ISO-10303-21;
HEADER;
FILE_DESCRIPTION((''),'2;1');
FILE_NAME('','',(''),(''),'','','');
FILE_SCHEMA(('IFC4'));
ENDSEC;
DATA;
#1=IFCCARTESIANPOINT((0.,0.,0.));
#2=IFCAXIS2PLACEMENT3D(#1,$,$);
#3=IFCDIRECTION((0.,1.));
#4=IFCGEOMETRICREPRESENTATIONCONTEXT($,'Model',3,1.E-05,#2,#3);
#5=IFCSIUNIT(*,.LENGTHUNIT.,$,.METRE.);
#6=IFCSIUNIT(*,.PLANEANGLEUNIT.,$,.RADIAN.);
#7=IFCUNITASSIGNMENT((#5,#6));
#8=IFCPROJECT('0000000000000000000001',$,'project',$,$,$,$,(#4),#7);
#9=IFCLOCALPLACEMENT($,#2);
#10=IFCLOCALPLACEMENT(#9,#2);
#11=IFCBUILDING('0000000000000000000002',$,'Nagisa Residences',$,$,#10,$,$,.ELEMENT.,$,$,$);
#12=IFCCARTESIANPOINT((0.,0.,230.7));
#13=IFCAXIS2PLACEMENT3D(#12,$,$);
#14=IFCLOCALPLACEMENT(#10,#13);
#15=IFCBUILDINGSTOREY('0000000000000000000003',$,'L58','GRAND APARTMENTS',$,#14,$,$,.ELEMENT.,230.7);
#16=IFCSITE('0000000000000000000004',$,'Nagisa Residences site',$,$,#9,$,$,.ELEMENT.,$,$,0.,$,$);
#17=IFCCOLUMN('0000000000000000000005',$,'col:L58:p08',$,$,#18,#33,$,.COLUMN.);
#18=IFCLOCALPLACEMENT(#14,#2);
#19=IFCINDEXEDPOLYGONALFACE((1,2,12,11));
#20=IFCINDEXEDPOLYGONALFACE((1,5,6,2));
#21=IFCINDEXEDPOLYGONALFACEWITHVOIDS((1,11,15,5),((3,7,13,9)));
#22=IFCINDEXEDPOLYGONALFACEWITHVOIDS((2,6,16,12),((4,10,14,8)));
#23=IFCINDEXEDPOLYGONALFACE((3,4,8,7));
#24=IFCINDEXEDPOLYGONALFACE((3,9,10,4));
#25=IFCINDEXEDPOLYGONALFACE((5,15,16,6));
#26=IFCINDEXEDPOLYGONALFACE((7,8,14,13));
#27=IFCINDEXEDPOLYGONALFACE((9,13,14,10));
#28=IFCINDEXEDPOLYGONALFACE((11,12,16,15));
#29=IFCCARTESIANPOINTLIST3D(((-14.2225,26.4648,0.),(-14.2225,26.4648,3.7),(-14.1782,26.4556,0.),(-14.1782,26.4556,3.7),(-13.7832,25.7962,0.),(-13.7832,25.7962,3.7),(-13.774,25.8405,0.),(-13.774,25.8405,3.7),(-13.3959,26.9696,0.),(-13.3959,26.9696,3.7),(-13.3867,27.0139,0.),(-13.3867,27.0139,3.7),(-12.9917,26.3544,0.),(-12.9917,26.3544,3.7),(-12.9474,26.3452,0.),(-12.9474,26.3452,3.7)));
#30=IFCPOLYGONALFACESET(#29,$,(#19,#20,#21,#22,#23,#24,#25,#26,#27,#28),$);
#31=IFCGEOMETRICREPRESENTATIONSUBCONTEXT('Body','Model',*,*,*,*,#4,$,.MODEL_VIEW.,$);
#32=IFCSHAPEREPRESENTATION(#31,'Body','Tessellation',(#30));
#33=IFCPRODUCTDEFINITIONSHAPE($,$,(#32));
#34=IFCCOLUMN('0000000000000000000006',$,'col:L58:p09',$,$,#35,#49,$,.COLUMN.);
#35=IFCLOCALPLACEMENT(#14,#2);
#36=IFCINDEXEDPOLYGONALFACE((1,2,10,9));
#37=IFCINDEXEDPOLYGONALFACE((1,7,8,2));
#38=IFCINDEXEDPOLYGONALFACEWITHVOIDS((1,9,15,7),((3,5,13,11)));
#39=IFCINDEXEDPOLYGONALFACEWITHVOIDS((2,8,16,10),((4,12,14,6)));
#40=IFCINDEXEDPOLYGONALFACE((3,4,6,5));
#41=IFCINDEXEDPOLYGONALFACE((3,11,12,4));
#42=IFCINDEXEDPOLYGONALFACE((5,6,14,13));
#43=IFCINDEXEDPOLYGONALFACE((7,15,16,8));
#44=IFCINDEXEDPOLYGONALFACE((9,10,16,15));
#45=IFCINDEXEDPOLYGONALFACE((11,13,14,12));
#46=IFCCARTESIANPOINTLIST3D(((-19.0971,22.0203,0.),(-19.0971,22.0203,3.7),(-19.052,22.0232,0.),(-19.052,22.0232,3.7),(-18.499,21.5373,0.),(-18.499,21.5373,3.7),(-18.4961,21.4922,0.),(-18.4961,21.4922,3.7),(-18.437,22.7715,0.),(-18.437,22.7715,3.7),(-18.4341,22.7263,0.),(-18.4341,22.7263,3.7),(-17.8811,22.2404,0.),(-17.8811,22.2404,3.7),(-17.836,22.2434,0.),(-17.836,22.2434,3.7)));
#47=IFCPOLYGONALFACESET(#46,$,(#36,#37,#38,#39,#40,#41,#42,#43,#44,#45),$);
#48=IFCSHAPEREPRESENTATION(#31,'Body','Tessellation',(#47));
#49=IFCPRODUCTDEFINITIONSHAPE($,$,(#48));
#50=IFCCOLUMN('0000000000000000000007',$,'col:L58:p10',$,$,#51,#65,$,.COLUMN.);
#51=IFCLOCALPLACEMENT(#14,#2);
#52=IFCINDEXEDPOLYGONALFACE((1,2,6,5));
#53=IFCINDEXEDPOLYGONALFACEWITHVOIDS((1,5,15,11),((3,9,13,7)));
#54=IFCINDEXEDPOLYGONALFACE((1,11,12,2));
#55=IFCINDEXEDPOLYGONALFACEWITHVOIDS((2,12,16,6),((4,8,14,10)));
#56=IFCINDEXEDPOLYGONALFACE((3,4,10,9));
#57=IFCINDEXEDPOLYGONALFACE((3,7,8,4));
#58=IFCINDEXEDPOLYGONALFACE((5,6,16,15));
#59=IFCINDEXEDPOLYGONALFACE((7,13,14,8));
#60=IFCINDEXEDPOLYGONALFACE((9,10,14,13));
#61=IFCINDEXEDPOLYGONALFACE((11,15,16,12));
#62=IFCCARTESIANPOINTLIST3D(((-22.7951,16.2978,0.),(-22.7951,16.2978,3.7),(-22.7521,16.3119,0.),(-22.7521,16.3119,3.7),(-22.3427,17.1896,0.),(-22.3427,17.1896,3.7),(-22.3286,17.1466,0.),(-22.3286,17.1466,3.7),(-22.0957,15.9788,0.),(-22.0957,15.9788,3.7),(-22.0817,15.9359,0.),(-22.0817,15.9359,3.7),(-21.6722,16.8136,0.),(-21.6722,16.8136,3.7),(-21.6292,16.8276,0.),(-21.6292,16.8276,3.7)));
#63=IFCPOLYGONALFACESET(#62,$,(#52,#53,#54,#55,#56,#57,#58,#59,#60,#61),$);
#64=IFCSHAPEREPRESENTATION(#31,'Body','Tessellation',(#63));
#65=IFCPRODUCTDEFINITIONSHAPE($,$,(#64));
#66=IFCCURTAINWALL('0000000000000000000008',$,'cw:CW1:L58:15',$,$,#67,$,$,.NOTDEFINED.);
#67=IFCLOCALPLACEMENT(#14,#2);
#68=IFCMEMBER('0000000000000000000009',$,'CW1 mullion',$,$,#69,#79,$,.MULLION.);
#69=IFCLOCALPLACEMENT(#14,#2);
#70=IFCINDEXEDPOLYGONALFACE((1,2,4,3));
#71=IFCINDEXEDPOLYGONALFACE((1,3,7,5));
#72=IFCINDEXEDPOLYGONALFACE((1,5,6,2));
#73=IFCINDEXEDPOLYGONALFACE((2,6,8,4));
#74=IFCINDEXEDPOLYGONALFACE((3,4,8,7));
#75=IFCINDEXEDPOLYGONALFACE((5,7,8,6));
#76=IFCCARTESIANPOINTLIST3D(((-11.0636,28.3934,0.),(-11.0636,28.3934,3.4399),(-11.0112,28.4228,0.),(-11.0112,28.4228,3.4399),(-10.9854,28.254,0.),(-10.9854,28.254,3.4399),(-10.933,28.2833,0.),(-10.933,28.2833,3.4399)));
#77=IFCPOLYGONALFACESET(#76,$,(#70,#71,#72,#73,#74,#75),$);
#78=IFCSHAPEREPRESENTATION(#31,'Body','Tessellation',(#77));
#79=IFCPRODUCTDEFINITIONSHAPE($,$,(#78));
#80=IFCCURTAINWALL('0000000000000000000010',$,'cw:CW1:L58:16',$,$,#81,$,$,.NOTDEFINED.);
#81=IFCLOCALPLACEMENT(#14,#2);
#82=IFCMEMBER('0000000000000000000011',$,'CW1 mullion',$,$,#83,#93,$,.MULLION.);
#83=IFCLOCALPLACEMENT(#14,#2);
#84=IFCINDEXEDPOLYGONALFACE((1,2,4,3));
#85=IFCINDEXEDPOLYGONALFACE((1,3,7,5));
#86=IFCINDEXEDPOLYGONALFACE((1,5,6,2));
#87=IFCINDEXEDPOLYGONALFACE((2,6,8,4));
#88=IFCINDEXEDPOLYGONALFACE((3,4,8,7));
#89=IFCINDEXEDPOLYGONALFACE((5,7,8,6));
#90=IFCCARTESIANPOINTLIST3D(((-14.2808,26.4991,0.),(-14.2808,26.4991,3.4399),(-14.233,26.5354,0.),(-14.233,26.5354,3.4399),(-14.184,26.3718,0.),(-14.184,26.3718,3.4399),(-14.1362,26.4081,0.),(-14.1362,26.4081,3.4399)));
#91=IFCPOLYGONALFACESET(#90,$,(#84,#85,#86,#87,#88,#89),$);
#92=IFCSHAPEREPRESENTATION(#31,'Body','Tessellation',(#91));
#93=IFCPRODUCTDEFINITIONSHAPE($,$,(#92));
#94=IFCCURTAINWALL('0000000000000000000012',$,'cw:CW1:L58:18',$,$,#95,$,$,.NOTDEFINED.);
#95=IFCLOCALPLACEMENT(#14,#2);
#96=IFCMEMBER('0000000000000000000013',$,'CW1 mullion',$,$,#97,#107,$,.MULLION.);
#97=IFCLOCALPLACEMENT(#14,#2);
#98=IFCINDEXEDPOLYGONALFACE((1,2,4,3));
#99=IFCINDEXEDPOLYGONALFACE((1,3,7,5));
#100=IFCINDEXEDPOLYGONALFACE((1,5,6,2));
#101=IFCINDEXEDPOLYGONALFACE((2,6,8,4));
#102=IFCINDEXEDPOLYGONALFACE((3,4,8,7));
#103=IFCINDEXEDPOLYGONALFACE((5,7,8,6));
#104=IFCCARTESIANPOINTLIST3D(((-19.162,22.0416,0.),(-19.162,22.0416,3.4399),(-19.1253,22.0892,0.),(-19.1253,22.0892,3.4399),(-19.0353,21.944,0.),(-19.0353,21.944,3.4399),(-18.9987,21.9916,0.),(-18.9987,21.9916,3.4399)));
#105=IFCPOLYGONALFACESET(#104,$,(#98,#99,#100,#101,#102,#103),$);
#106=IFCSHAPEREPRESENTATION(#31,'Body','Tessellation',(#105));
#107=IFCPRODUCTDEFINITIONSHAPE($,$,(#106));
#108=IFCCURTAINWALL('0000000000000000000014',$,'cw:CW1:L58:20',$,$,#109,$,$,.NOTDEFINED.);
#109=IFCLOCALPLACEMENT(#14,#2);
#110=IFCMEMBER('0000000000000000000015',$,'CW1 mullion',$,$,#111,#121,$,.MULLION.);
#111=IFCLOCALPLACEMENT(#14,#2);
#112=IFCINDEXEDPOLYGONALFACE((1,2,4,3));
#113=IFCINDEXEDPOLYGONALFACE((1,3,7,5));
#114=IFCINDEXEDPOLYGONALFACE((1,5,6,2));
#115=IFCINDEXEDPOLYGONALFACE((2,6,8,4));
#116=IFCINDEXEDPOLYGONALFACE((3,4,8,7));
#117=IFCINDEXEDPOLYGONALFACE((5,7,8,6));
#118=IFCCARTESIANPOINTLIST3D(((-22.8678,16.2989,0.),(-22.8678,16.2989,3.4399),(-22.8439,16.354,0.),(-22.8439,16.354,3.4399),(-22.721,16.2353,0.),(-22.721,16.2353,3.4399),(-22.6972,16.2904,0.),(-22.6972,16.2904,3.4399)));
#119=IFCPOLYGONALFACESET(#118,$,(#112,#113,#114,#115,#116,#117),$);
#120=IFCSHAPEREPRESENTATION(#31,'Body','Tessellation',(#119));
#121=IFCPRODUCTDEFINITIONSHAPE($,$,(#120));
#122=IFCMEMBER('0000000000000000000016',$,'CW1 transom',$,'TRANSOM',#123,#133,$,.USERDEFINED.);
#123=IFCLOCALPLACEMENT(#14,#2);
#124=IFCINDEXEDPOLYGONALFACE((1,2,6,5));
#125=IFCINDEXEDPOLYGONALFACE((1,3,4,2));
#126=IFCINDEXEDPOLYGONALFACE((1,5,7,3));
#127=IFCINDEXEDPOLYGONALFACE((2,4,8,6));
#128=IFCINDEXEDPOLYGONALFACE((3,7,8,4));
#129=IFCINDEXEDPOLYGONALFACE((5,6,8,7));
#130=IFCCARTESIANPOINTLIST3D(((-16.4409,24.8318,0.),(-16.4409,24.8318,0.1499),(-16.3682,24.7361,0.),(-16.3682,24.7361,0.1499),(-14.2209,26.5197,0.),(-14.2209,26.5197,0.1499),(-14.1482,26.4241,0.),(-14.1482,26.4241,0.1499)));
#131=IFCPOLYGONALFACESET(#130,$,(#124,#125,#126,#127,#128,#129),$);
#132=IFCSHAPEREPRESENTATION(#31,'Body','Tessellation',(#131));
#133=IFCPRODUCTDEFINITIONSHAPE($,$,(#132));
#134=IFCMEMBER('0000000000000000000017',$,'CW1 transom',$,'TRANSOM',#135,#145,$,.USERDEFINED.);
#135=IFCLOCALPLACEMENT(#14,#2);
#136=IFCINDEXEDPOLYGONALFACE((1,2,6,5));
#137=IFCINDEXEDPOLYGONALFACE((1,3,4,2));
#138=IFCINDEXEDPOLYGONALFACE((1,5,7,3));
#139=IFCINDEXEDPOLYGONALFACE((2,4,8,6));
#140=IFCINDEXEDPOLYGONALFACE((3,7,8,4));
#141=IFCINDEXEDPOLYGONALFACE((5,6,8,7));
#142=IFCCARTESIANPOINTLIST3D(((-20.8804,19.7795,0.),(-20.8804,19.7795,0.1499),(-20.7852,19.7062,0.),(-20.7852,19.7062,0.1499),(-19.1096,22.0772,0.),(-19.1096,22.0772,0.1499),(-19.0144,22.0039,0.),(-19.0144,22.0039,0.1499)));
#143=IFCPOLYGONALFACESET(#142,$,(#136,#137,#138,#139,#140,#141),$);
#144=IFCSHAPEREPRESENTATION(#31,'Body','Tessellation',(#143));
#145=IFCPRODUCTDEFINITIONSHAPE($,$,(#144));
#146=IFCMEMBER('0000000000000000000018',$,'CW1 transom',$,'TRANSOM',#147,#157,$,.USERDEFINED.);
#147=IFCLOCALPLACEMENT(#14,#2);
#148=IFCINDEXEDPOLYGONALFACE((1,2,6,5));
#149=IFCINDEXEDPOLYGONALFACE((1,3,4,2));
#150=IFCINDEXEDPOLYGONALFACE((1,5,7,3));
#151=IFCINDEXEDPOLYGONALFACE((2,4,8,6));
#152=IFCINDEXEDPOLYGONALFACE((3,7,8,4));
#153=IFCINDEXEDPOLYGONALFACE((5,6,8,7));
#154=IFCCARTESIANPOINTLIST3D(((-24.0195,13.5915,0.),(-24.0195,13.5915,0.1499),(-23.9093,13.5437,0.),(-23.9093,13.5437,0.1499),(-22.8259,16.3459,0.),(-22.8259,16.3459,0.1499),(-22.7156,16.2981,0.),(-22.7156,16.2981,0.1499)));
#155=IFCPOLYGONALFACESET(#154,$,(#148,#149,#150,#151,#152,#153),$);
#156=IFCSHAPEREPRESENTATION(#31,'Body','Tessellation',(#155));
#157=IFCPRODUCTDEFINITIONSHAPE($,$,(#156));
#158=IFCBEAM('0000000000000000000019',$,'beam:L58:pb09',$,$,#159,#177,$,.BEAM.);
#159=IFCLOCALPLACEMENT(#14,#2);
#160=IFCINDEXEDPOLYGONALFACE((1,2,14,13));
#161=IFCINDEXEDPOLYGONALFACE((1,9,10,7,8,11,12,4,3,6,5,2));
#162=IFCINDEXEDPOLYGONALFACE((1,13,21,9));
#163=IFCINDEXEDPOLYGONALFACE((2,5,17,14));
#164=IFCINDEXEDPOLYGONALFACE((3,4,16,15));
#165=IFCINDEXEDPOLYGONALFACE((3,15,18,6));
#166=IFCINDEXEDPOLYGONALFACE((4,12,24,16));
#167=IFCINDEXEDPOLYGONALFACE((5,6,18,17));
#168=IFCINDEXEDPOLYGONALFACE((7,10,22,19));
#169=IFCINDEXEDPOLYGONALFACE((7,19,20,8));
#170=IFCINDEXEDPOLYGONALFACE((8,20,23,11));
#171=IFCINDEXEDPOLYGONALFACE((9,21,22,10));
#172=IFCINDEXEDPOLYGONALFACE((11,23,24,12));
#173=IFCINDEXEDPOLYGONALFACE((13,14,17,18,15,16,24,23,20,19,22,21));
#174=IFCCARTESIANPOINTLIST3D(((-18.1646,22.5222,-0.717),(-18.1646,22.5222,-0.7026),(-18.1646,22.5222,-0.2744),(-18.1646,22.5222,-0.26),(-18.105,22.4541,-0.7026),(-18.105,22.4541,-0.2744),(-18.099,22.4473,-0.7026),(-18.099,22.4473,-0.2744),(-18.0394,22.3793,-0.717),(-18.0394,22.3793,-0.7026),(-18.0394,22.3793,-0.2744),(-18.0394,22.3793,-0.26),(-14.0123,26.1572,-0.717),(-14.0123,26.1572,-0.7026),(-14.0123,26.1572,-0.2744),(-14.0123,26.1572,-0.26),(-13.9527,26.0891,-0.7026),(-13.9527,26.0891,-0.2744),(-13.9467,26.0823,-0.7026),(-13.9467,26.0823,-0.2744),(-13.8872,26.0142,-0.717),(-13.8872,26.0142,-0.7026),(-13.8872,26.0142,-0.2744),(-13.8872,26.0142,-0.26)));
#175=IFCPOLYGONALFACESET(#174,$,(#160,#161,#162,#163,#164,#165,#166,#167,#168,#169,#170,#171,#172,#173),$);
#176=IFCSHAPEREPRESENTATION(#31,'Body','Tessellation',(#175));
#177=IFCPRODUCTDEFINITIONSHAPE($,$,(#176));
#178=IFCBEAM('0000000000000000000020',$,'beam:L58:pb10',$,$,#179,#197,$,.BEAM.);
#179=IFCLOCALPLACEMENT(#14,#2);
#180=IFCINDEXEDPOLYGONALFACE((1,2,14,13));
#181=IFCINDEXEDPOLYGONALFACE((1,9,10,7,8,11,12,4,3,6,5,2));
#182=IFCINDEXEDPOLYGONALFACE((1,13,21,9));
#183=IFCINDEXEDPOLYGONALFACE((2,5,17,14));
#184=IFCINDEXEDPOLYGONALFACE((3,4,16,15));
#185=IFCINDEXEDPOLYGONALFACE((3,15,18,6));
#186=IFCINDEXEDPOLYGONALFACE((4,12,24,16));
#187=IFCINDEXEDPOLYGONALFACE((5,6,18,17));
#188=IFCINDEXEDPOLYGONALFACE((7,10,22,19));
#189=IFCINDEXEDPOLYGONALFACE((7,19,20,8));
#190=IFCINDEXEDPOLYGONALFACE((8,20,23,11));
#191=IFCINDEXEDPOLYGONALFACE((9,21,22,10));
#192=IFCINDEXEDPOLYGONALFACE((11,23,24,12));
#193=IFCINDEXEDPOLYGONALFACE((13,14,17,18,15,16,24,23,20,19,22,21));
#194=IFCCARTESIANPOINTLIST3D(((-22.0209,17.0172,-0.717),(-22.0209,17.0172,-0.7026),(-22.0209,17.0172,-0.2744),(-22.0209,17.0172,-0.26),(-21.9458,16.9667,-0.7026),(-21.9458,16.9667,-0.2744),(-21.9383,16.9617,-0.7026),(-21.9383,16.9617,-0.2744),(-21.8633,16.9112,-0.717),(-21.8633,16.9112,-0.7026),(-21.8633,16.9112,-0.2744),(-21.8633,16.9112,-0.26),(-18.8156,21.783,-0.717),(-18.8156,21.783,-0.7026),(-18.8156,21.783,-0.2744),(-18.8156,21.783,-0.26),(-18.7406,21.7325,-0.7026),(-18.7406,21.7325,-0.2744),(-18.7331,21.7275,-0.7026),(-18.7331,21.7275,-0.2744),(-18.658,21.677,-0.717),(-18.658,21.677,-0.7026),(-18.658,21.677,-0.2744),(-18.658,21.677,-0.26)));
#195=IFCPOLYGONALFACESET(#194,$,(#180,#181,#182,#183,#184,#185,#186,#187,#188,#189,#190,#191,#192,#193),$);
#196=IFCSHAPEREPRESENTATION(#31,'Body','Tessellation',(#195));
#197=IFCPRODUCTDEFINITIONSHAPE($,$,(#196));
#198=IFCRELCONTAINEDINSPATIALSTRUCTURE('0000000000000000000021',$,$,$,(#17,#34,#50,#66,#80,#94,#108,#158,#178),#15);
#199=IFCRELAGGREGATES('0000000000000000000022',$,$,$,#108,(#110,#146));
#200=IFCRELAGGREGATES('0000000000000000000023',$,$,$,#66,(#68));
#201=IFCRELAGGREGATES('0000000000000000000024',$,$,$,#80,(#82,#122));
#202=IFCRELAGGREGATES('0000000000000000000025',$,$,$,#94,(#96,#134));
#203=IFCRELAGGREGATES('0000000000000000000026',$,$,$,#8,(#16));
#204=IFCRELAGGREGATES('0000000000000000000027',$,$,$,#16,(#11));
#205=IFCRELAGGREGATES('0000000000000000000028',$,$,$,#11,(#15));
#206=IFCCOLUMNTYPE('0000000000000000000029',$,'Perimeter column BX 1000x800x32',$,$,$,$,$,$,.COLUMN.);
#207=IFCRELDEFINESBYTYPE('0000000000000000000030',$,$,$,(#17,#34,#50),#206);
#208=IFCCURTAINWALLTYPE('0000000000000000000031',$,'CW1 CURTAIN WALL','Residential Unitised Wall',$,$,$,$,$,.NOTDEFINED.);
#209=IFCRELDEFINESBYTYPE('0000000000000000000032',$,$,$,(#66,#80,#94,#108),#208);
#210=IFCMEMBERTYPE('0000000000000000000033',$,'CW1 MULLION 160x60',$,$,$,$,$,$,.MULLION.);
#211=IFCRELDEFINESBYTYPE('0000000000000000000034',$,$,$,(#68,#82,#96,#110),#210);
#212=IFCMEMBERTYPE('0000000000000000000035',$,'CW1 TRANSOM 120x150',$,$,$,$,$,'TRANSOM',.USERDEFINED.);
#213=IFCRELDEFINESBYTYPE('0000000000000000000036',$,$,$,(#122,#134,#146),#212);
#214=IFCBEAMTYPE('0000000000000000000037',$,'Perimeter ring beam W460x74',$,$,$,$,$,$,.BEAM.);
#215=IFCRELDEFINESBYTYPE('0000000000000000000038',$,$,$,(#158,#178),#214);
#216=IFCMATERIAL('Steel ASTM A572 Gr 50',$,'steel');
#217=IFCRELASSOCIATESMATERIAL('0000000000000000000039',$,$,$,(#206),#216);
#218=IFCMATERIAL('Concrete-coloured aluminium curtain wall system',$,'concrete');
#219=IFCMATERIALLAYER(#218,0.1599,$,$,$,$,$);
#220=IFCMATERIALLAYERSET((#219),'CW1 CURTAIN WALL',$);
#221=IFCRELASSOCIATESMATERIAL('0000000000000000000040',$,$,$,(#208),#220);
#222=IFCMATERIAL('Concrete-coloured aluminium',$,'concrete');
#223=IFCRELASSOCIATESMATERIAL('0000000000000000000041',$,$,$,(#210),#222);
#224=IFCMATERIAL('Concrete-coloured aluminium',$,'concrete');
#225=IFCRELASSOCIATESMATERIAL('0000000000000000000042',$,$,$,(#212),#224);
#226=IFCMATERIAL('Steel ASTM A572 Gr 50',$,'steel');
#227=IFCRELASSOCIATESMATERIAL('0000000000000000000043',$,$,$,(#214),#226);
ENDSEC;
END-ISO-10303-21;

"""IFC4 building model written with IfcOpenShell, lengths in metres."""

from ifc_helpers import new_model, si_unit, direction, frame, origin, origin_2d, place, context, subcontext, project, spatial, rectangle, hollow_rectangle, i_section, extrude, material, layer, layer_set, material_profile, profile_set, type_object, element, aggregate, save


model = new_model("IFC4")

# Units and contexts
model_context = context("Model", 3, precision=1e-05, world=origin(), true_north=direction((0.0, 1.0)))
body_context = subcontext(model_context, "Body", "Model", "MODEL_VIEW")
ifc_project = project(units=[si_unit("LENGTHUNIT", "METRE"), si_unit("PLANEANGLEUNIT", "RADIAN")], contexts=[model_context])

# Site, building, storey
site_placement = place(None, origin())
site = spatial("IfcSite", under=ifc_project, at=site_placement, Name="Nagisa Residences site", CompositionType="ELEMENT", RefElevation=0.0)
building_placement = place(site_placement, origin())
building = spatial("IfcBuilding", under=site, at=building_placement, Name="Nagisa Residences", CompositionType="ELEMENT")
storey_placement = place(building_placement, frame((0.0, 0.0, 230.7)))
storey = spatial("IfcBuildingStorey", under=building, at=storey_placement, Name="L58", Description="GRAND APARTMENTS", CompositionType="ELEMENT", Elevation=230.7)

# Columns
ifc_material_1 = material(Name="Steel ASTM A572 Gr 50", Category="steel")
ifc_material_profile_1 = material_profile(ifc_material_1, hollow_rectangle(XDim=1.0, YDim=0.8, WallThickness=0.032, at=origin_2d()), Name="BX 1000x800x32")
ifc_profile_set_1 = profile_set([ifc_material_profile_1], Name="Steel ASTM A572 Gr 50")
column_type = type_object("IfcColumnType", Name="Perimeter column BX 1000x800x32", PredefinedType="COLUMN", material=ifc_profile_set_1)
for number, where, z_axis, x_axis, name in (
    (1, (-13.585, 26.405, 0.0), (0.0, 0.0, 1.0), (-0.835766, -0.549086, 0.0), "col:L58:p08"),
    (2, (-18.4666, 22.1318, 0.0), (0.0, 0.0, 1.0), (-0.660115, -0.751165, 0.0), "col:L58:p09"),
    (3, (-22.2122, 16.5627, 0.0), (0.0, 0.0, 1.0), (-0.452463, -0.891783, 0.0), "col:L58:p10"),
):
    element("IfcColumn", number, at=place(storey_placement, frame(where, z_axis=z_axis, x_axis=x_axis)), inside=storey, type_object=column_type, Name=name, PredefinedType="COLUMN", context=body_context, shape_type="SweptSolid", body=[
        extrude(hollow_rectangle(XDim=1.0, YDim=0.8, WallThickness=0.032, at=origin_2d()), origin(), (0.0, 0.0, 1.0), 3.7),
    ])

# Curtain walls, members
ifc_material_2 = material(Name="Concrete-coloured aluminium curtain wall system", Category="concrete")
ifc_layer_1 = layer(ifc_material_2, 0.1599)
ifc_layer_set_1 = layer_set([ifc_layer_1], Name="CW1 CURTAIN WALL")
curtain_wall_type = type_object("IfcCurtainWallType", Name="CW1 CURTAIN WALL", Description="Residential Unitised Wall", PredefinedType="NOTDEFINED", material=ifc_layer_set_1)
curtain_wall_1_placement = place(storey_placement, origin())
curtain_wall_1 = element("IfcCurtainWall", 4, at=curtain_wall_1_placement, inside=storey, type_object=curtain_wall_type, Name="cw:CW1:L58:15", PredefinedType="NOTDEFINED")
ifc_material_3 = material(Name="Concrete-coloured aluminium", Category="concrete")
ifc_material_profile_2 = material_profile(ifc_material_3, rectangle(XDim=0.1599, YDim=0.0601, at=origin_2d()), Name="CW1 MULLION 160x60")
ifc_profile_set_2 = profile_set([ifc_material_profile_2], Name="Concrete-coloured aluminium")
member_type_1 = type_object("IfcMemberType", Name="CW1 MULLION 160x60", PredefinedType="MULLION", material=ifc_profile_set_2)
member_1_placement = place(storey_placement, frame((-10.9983, 28.3384, 0.0), z_axis=(0.0, 0.0, 1.0), x_axis=(0.489377, -0.872072, 0.0)))
member_1 = element("IfcMember", 5, at=member_1_placement, type_object=member_type_1, Name="CW1 mullion", PredefinedType="MULLION", context=body_context, shape_type="SweptSolid", body=[
    extrude(rectangle(XDim=0.1599, YDim=0.0601, at=origin_2d()), origin(), (0.0, 0.0, 1.0), 3.4399),
])
curtain_wall_2_placement = place(storey_placement, origin())
curtain_wall_2 = element("IfcCurtainWall", 6, at=curtain_wall_2_placement, inside=storey, type_object=curtain_wall_type, Name="cw:CW1:L58:16", PredefinedType="NOTDEFINED")
member_2_placement = place(storey_placement, frame((-14.2085, 26.4536, 0.0), z_axis=(0.0, 0.0, 1.0), x_axis=(0.605255, -0.796031, 0.0)))
member_2 = element("IfcMember", 7, at=member_2_placement, type_object=member_type_1, Name="CW1 mullion", PredefinedType="MULLION", context=body_context, shape_type="SweptSolid", body=[
    extrude(rectangle(XDim=0.1599, YDim=0.0601, at=origin_2d()), origin(), (0.0, 0.0, 1.0), 3.4399),
])
curtain_wall_3_placement = place(storey_placement, origin())
curtain_wall_3 = element("IfcCurtainWall", 8, at=curtain_wall_3_placement, inside=storey, type_object=curtain_wall_type, Name="cw:CW1:L58:18", PredefinedType="NOTDEFINED")
member_3_placement = place(storey_placement, frame((-19.0803, 22.0166, 0.0), z_axis=(0.0, 0.0, 1.0), x_axis=(0.79207, -0.61043, 0.0)))
member_3 = element("IfcMember", 9, at=member_3_placement, type_object=member_type_1, Name="CW1 mullion", PredefinedType="MULLION", context=body_context, shape_type="SweptSolid", body=[
    extrude(rectangle(XDim=0.1599, YDim=0.0601, at=origin_2d()), origin(), (0.0, 0.0, 1.0), 3.4399),
])
curtain_wall_4_placement = place(storey_placement, origin())
curtain_wall_4 = element("IfcCurtainWall", 10, at=curtain_wall_4_placement, inside=storey, type_object=curtain_wall_type, Name="cw:CW1:L58:20", PredefinedType="NOTDEFINED")
member_4_placement = place(storey_placement, frame((-22.7825, 16.2947, 0.0), z_axis=(0.0, 0.0, 1.0), x_axis=(0.917543, -0.397636, 0.0)))
member_4 = element("IfcMember", 11, at=member_4_placement, type_object=member_type_1, Name="CW1 mullion", PredefinedType="MULLION", context=body_context, shape_type="SweptSolid", body=[
    extrude(rectangle(XDim=0.1599, YDim=0.0601, at=origin_2d()), origin(), (0.0, 0.0, 1.0), 3.4399),
])

# Members
ifc_material_4 = material(Name="Concrete-coloured aluminium", Category="concrete")
ifc_material_profile_3 = material_profile(ifc_material_4, rectangle(XDim=0.1201, YDim=0.1499, at=origin_2d()), Name="CW1 TRANSOM 120x150")
ifc_profile_set_3 = profile_set([ifc_material_profile_3], Name="Concrete-coloured aluminium")
member_type_2 = type_object("IfcMemberType", Name="CW1 TRANSOM 120x150", ElementType="TRANSOM", PredefinedType="USERDEFINED", material=ifc_profile_set_3)
member_5_placement = place(storey_placement, frame((-14.1846, 26.4719, 0.075), z_axis=(-0.796022, -0.605267, 0.0), x_axis=(0.605267, -0.796022, 0.0)))
member_5 = element("IfcMember", 12, at=member_5_placement, type_object=member_type_2, Name="CW1 transom", ObjectType="TRANSOM", PredefinedType="USERDEFINED", context=body_context, shape_type="SweptSolid", body=[
    extrude(rectangle(XDim=0.1201, YDim=0.1499, at=origin_2d()), origin(), (0.0, 0.0, 1.0), 2.7888),
])
member_6_placement = place(storey_placement, frame((-19.062, 22.0405, 0.075), z_axis=(-0.610439, -0.792064, 0.0), x_axis=(0.792064, -0.610439, 0.0)))
member_6 = element("IfcMember", 13, at=member_6_placement, type_object=member_type_2, Name="CW1 transom", ObjectType="TRANSOM", PredefinedType="USERDEFINED", context=body_context, shape_type="SweptSolid", body=[
    extrude(rectangle(XDim=0.1201, YDim=0.1499, at=origin_2d()), origin(), (0.0, 0.0, 1.0), 2.9009),
])
member_7_placement = place(storey_placement, frame((-22.7708, 16.322, 0.075), z_axis=(-0.397617, -0.917552, 0.0), x_axis=(0.917552, -0.397617, 0.0)))
member_7 = element("IfcMember", 14, at=member_7_placement, type_object=member_type_2, Name="CW1 transom", ObjectType="TRANSOM", PredefinedType="USERDEFINED", context=body_context, shape_type="SweptSolid", body=[
    extrude(rectangle(XDim=0.1201, YDim=0.1499, at=origin_2d()), origin(), (0.0, 0.0, 1.0), 3.002),
])
aggregate(curtain_wall_4, [member_4, member_7])

# Beams
ifc_material_5 = material(Name="Steel ASTM A572 Gr 50", Category="steel")
ifc_material_profile_4 = material_profile(ifc_material_5, i_section(OverallWidth=0.1899, OverallDepth=0.457, WebThickness=0.009, FlangeThickness=0.0144, at=origin_2d()), Name="W460x74")
ifc_profile_set_4 = profile_set([ifc_material_profile_4], Name="Steel ASTM A572 Gr 50")
beam_type_1 = type_object("IfcBeamType", Name="Perimeter ring beam W460x74", PredefinedType="BEAM", material=ifc_profile_set_4)
beam_1_placement = place(storey_placement, frame((-13.9497, 26.0857, -0.4885), z_axis=(-0.752423, -0.65868, 0.0), x_axis=(0.65868, -0.752423, 0.0)))
element("IfcBeam", 15, at=beam_1_placement, inside=storey, type_object=beam_type_1, Name="beam:L58:pb09", PredefinedType="BEAM", context=body_context, shape_type="SweptSolid", body=[
    extrude(i_section(OverallWidth=0.1899, OverallDepth=0.457, WebThickness=0.009, FlangeThickness=0.0144, at=origin_2d()), origin(), (0.0, 0.0, 1.0), 5.5186),
])
beam_2_placement = place(storey_placement, frame((-18.7368, 21.73, -0.4885), z_axis=(-0.55808, -0.829787, 0.0), x_axis=(0.829787, -0.55808, 0.0)))
element("IfcBeam", 16, at=beam_2_placement, inside=storey, type_object=beam_type_1, Name="beam:L58:pb10", PredefinedType="BEAM", context=body_context, shape_type="SweptSolid", body=[
    extrude(i_section(OverallWidth=0.1899, OverallDepth=0.457, WebThickness=0.009, FlangeThickness=0.0144, at=origin_2d()), origin(), (0.0, 0.0, 1.0), 5.7434),
])

aggregate(curtain_wall_1, [member_1])
aggregate(curtain_wall_2, [member_2, member_5])
aggregate(curtain_wall_3, [member_3, member_6])

save(model, "model.ifc")
